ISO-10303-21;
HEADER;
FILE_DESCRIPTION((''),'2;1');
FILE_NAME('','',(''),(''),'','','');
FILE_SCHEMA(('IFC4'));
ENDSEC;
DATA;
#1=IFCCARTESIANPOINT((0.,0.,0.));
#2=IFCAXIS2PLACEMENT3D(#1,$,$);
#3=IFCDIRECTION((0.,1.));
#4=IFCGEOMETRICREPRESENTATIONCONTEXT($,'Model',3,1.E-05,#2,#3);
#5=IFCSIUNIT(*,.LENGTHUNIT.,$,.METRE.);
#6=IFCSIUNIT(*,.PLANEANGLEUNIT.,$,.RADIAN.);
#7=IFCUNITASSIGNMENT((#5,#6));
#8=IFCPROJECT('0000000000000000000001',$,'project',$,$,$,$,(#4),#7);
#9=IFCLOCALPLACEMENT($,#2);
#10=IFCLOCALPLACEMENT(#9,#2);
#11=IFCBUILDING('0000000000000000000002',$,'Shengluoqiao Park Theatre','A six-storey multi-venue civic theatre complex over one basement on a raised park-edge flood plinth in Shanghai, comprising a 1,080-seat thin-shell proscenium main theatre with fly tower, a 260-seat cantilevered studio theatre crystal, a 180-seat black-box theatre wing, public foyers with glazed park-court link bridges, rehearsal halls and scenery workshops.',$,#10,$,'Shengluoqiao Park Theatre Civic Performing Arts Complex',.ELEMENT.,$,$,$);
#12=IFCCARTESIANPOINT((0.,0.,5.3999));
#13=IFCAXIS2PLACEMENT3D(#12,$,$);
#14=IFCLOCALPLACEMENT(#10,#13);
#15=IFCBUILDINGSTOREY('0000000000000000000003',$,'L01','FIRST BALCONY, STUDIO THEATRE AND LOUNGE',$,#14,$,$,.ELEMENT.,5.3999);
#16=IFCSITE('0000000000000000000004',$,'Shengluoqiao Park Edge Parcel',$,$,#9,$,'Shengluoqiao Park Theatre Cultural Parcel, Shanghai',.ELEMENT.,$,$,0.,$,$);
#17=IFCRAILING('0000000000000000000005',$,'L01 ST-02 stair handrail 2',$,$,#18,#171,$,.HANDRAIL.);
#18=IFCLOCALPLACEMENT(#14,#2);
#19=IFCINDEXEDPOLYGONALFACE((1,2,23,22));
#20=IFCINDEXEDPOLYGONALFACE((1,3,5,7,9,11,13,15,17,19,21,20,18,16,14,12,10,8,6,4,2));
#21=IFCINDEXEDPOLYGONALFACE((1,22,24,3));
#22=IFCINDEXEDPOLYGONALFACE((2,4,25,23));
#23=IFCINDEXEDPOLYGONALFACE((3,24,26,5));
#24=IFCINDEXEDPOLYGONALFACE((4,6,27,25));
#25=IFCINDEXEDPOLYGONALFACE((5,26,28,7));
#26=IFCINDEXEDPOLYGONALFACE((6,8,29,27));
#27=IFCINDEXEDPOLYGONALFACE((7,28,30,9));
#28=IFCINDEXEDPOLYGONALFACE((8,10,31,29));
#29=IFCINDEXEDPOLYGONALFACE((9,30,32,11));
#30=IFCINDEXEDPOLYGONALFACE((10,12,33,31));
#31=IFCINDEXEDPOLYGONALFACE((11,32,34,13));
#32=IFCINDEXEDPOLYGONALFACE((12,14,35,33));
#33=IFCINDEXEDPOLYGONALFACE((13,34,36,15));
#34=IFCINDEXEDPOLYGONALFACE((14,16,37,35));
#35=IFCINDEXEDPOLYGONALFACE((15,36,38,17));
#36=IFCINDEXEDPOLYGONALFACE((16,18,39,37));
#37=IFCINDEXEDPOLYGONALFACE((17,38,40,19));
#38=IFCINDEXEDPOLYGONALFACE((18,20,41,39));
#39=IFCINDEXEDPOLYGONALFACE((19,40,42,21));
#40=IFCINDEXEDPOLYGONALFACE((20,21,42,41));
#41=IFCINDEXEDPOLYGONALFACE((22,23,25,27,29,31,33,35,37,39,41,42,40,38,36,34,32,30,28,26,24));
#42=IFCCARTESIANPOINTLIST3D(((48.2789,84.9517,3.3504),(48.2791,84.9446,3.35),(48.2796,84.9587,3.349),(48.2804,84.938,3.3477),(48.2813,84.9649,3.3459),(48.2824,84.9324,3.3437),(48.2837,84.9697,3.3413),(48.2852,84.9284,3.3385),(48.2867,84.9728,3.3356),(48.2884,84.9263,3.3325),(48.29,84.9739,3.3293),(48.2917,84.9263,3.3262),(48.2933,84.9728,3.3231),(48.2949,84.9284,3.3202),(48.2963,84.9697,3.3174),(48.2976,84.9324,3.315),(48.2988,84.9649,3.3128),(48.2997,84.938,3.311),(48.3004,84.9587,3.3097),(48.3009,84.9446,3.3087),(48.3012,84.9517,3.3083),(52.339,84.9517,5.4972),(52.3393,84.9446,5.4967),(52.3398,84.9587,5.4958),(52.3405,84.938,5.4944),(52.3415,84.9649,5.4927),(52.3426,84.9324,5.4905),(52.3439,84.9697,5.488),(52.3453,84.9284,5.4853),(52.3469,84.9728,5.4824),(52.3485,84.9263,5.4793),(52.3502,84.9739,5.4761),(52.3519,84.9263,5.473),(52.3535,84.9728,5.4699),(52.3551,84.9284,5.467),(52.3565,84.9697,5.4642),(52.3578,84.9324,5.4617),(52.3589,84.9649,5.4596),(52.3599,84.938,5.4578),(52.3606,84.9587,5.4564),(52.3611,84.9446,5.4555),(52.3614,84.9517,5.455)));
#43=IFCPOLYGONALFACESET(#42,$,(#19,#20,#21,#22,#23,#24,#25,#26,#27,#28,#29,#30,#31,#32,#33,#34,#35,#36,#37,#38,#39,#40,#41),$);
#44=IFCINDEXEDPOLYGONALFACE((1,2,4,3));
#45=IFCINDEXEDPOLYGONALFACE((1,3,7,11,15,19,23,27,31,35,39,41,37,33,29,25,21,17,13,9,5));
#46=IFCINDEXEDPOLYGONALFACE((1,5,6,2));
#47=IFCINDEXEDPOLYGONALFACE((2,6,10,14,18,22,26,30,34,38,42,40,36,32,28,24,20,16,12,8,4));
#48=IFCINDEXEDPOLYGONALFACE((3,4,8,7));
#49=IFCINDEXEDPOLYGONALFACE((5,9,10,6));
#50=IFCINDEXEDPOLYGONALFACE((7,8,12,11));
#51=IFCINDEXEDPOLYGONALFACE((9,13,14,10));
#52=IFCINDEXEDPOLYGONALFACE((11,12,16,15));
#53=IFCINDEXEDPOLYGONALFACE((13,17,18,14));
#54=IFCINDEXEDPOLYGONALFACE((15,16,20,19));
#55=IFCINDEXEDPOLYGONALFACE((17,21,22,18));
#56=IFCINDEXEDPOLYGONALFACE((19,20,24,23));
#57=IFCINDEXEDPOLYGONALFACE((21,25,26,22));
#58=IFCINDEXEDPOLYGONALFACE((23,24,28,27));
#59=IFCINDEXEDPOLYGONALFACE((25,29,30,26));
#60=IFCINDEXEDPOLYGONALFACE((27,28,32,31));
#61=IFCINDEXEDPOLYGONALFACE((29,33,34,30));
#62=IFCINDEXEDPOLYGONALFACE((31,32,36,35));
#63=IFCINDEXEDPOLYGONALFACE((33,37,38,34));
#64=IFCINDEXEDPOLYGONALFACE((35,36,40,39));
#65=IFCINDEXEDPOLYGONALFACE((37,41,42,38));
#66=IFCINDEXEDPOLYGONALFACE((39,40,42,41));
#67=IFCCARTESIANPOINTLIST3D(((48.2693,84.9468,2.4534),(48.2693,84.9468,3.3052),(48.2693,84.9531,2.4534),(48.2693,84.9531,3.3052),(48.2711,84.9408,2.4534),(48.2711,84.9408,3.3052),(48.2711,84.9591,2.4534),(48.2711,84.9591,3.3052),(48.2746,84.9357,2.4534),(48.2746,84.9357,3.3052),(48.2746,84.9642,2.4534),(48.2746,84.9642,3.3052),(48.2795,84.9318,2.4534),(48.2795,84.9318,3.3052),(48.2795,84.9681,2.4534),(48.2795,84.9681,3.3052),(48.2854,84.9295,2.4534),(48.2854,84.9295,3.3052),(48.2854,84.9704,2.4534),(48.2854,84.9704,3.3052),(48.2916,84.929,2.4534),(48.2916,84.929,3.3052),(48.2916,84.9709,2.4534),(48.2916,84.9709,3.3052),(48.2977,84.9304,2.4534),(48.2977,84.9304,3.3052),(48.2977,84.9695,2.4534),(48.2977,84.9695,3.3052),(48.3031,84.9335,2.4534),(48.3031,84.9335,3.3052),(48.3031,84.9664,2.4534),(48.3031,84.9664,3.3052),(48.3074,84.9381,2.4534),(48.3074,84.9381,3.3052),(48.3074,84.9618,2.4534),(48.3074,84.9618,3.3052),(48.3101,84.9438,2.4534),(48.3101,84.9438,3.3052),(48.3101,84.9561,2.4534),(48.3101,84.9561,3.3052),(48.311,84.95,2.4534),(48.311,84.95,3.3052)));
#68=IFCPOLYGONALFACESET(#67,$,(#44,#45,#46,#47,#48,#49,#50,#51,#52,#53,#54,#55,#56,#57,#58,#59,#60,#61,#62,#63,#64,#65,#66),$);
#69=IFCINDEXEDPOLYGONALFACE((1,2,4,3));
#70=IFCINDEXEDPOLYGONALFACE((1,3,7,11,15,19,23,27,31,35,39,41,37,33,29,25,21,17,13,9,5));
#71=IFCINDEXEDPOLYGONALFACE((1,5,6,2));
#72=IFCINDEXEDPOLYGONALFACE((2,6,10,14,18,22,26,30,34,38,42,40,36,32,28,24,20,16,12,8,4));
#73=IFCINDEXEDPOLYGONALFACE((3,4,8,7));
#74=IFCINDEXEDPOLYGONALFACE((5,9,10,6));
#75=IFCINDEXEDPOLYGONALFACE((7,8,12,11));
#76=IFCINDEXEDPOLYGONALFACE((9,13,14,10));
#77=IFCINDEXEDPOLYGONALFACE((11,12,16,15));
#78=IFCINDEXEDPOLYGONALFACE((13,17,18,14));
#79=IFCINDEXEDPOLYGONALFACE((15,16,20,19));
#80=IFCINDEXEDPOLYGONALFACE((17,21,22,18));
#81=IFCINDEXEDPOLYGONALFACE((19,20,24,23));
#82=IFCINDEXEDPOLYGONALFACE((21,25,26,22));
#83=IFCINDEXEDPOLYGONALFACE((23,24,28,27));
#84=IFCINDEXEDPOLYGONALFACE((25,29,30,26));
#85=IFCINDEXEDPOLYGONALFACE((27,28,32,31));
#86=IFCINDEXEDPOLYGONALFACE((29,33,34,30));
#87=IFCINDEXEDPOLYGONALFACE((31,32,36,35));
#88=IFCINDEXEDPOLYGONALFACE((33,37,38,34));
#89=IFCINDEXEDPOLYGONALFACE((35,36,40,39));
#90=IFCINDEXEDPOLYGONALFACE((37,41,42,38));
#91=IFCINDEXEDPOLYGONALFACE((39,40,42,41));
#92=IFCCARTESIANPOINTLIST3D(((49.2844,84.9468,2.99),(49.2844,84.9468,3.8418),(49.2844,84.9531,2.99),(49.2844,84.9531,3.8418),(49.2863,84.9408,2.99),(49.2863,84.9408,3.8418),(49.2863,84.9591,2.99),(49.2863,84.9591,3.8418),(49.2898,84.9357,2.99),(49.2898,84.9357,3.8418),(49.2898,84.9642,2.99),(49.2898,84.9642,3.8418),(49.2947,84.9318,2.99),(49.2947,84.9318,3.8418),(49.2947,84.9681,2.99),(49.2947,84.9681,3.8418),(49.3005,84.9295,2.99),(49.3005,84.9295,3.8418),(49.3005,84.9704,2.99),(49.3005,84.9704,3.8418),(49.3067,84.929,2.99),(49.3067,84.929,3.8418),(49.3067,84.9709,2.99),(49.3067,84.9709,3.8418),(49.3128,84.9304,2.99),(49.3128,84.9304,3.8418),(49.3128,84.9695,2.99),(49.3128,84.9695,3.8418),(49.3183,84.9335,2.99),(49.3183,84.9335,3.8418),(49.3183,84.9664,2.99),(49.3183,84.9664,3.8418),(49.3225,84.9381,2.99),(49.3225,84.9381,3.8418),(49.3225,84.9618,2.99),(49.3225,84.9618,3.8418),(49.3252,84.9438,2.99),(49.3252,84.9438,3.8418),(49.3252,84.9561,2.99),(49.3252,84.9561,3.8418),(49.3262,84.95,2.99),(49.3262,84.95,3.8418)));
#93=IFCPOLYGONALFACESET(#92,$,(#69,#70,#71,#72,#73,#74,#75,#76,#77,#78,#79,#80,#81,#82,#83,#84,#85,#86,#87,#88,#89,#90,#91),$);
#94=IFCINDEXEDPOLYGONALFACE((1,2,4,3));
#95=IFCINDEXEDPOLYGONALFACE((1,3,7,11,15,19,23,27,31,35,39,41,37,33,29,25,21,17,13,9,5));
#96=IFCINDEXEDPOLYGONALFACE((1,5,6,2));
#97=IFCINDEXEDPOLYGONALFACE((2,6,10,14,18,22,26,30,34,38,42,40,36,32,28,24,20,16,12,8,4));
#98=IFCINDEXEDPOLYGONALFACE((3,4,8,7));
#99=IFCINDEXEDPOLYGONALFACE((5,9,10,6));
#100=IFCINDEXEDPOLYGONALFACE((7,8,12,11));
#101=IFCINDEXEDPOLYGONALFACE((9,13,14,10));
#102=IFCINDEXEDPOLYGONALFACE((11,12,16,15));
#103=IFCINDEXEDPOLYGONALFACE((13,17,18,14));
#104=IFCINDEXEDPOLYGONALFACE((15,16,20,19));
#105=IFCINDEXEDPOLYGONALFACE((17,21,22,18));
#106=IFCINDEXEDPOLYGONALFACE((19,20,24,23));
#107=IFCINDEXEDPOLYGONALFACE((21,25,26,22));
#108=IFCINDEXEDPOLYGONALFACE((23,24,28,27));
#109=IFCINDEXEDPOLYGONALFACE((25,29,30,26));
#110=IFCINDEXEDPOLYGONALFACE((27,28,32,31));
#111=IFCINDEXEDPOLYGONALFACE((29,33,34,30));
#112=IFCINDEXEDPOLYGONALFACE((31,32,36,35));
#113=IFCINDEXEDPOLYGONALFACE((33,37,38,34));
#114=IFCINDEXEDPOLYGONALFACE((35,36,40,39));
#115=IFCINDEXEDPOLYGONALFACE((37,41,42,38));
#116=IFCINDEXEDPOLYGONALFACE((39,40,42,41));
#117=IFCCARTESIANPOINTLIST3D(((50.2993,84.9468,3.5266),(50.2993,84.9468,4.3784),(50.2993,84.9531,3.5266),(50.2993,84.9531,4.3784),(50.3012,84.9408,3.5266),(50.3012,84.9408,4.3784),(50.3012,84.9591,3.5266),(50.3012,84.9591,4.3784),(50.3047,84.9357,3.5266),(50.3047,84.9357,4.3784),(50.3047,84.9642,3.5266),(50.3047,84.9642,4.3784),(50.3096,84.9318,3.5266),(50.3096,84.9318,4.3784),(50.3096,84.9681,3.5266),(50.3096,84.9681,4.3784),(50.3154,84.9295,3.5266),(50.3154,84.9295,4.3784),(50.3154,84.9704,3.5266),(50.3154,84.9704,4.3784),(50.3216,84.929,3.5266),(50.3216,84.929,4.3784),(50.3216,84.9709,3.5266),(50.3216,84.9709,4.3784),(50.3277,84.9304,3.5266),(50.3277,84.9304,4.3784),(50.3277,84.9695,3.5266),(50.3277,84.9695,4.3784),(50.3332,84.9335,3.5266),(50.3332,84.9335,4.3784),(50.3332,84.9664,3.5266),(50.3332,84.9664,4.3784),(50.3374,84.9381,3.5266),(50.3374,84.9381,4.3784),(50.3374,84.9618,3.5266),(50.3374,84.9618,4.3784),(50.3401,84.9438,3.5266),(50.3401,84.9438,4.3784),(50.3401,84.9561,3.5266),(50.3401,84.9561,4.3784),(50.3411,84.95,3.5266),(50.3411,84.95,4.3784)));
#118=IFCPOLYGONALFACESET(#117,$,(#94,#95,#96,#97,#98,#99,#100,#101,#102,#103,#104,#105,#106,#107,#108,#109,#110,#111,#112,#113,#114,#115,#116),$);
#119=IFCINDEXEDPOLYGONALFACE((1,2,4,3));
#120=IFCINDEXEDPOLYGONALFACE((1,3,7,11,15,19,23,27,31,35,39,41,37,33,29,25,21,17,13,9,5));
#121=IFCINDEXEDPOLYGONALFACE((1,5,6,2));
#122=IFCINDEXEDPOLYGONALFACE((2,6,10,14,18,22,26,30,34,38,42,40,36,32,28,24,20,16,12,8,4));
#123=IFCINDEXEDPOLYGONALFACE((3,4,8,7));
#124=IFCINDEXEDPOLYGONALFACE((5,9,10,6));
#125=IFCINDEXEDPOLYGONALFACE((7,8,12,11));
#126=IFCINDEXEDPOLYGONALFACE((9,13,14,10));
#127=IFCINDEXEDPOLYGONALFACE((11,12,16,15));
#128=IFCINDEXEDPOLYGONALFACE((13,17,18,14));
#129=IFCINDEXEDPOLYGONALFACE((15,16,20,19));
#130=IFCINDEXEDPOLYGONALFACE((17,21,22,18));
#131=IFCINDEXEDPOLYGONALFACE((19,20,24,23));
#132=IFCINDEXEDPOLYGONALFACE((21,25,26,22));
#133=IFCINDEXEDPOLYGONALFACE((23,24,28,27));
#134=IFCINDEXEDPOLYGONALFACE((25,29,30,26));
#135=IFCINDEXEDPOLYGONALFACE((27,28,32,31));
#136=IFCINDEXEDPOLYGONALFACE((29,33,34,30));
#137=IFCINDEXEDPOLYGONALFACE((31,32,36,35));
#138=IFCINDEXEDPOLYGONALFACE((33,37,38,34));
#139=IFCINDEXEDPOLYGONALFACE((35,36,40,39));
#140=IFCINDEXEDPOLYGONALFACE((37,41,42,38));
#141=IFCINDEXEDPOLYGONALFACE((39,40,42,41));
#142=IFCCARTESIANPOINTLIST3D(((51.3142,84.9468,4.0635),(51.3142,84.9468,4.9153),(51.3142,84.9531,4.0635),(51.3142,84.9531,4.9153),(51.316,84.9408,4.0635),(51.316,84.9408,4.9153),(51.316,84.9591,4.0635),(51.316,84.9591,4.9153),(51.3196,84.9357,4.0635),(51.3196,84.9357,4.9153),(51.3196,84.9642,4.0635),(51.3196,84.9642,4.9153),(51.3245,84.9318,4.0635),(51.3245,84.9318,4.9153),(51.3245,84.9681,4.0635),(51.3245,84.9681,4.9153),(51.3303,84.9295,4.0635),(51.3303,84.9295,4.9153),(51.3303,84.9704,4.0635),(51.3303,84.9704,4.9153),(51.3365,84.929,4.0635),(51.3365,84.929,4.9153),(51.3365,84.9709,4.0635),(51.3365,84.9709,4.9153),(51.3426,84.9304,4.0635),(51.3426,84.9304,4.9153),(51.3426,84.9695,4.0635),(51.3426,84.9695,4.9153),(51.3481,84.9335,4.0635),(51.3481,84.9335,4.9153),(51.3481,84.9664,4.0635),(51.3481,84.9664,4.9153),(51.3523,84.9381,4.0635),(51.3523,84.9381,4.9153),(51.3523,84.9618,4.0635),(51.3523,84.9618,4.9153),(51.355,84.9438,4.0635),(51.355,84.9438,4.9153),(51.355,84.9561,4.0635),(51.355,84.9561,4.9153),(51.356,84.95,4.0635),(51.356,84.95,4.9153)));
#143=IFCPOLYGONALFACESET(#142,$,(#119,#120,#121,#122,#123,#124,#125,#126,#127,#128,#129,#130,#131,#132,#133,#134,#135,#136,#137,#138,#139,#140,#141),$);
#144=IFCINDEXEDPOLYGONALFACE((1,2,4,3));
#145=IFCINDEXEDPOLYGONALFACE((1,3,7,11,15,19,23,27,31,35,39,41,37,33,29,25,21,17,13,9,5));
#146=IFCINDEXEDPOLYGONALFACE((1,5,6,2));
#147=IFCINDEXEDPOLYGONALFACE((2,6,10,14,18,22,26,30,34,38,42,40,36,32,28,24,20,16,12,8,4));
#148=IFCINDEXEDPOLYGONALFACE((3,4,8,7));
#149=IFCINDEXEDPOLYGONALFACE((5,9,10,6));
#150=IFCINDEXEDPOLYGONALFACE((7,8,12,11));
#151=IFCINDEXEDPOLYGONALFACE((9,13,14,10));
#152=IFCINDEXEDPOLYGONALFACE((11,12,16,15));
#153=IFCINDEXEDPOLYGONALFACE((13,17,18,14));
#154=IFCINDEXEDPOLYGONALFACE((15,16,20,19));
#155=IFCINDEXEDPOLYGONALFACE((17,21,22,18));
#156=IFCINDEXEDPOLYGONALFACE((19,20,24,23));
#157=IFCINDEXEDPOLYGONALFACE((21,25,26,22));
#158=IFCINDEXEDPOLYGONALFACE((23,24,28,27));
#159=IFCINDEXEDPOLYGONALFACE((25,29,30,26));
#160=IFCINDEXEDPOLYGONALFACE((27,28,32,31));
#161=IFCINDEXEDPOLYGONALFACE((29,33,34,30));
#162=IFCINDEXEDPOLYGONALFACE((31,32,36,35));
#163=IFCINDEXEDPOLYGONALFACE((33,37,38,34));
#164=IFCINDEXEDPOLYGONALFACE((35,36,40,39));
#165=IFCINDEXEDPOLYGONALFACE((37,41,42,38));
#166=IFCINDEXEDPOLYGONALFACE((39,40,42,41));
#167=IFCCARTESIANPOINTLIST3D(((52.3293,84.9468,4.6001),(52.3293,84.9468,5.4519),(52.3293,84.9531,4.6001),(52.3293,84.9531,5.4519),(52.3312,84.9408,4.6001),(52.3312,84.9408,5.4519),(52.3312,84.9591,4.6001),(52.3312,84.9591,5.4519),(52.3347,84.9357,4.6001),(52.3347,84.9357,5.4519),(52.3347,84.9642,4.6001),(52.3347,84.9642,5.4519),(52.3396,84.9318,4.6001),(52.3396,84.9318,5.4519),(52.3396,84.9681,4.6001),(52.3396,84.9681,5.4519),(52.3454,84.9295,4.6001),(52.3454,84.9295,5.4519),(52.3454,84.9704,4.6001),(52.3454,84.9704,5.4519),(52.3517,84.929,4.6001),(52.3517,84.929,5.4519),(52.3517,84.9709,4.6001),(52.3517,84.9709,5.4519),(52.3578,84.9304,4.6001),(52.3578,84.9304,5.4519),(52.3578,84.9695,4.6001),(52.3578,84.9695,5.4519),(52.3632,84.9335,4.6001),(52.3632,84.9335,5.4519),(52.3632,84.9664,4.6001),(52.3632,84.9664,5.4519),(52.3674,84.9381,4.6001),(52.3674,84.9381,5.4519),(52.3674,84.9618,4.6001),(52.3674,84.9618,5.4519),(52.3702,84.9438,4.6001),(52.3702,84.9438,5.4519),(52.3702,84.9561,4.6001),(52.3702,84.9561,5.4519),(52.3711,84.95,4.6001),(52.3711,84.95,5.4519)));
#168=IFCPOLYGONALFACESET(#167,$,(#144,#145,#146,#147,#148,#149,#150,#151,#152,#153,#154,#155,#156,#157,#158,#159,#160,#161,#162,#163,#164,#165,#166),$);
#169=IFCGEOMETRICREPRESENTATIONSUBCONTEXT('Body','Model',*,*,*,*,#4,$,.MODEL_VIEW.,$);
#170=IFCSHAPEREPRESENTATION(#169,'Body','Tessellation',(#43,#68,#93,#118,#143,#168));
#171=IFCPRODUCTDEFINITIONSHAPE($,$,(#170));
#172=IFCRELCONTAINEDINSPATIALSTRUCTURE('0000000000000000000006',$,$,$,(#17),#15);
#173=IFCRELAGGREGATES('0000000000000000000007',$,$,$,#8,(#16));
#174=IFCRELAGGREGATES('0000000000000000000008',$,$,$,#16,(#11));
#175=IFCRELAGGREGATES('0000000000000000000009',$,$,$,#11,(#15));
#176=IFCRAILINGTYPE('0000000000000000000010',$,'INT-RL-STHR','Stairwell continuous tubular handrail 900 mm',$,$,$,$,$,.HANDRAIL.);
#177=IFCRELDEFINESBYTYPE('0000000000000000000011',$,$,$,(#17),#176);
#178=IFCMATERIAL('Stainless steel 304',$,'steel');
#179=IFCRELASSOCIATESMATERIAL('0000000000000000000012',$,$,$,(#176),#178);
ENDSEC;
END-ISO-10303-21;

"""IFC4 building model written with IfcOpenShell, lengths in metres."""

from ifc_helpers import new_model, si_unit, direction, frame, origin, origin_2d, place, context, subcontext, project, spatial, circle, extrude, material, type_object, element, save


model = new_model("IFC4")

# Units and contexts
model_context = context("Model", 3, precision=1e-05, world=origin(), true_north=direction((0.0, 1.0)))
body_context = subcontext(model_context, "Body", "Model", "MODEL_VIEW")
ifc_project = project(units=[si_unit("LENGTHUNIT", "METRE"), si_unit("PLANEANGLEUNIT", "RADIAN")], contexts=[model_context])

# Site, building, storey
site_placement = place(None, origin())
site = spatial("IfcSite", under=ifc_project, at=site_placement, Name="Shengluoqiao Park Edge Parcel", LongName="Shengluoqiao Park Theatre Cultural Parcel, Shanghai", CompositionType="ELEMENT", RefElevation=0.0)
building_placement = place(site_placement, origin())
building = spatial("IfcBuilding", under=site, at=building_placement, Name="Shengluoqiao Park Theatre", Description="A six-storey multi-venue civic theatre complex over one basement on a raised park-edge flood plinth in Shanghai, comprising a 1,080-seat thin-shell proscenium main theatre with fly tower, a 260-seat cantilevered studio theatre crystal, a 180-seat black-box theatre wing, public foyers with glazed park-court link bridges, rehearsal halls and scenery workshops.", LongName="Shengluoqiao Park Theatre Civic Performing Arts Complex", CompositionType="ELEMENT")
storey_placement = place(building_placement, frame((0.0, 0.0, 5.3999)))
storey = spatial("IfcBuildingStorey", under=building, at=storey_placement, Name="L01", Description="FIRST BALCONY, STUDIO THEATRE AND LOUNGE", CompositionType="ELEMENT", Elevation=5.3999)

# Railing
ifc_material_1 = material(Name="Stainless steel 304", Category="steel")
railing_type_1 = type_object("IfcRailingType", Name="INT-RL-STHR", Description="Stairwell continuous tubular handrail 900 mm", PredefinedType="HANDRAIL", material=ifc_material_1)
railing_1_placement = place(storey_placement, frame((48.29, 84.95, 2.4534)))
element("IfcRailing", 1, at=railing_1_placement, inside=storey, type_object=railing_type_1, Name="L01 ST-02 stair handrail 2", PredefinedType="HANDRAIL", context=body_context, shape_type="SweptSolid", body=[
    extrude(circle(Radius=0.0239, at=origin_2d()), frame((0.0, 0.0, 0.876), z_axis=(0.884032, 0.0, 0.467426), x_axis=(0.0, 1.0, 0.0)), (0.0, 0.0, 1.0), 4.5928),
    extrude(circle(Radius=0.021, at=origin_2d()), origin(), (0.0, 0.0, 1.0), 0.8518),
    extrude(circle(Radius=0.021, at=origin_2d()), frame((1.0151, 0.0, 0.5366)), (0.0, 0.0, 1.0), 0.8518),
    extrude(circle(Radius=0.021, at=origin_2d()), frame((2.03, 0.0, 1.0732)), (0.0, 0.0, 1.0), 0.8518),
    extrude(circle(Radius=0.021, at=origin_2d()), frame((3.0449, 0.0, 1.6101)), (0.0, 0.0, 1.0), 0.8518),
    extrude(circle(Radius=0.021, at=origin_2d()), frame((4.0601, 0.0, 2.1467)), (0.0, 0.0, 1.0), 0.8518),
])

save(model, "model.ifc")
